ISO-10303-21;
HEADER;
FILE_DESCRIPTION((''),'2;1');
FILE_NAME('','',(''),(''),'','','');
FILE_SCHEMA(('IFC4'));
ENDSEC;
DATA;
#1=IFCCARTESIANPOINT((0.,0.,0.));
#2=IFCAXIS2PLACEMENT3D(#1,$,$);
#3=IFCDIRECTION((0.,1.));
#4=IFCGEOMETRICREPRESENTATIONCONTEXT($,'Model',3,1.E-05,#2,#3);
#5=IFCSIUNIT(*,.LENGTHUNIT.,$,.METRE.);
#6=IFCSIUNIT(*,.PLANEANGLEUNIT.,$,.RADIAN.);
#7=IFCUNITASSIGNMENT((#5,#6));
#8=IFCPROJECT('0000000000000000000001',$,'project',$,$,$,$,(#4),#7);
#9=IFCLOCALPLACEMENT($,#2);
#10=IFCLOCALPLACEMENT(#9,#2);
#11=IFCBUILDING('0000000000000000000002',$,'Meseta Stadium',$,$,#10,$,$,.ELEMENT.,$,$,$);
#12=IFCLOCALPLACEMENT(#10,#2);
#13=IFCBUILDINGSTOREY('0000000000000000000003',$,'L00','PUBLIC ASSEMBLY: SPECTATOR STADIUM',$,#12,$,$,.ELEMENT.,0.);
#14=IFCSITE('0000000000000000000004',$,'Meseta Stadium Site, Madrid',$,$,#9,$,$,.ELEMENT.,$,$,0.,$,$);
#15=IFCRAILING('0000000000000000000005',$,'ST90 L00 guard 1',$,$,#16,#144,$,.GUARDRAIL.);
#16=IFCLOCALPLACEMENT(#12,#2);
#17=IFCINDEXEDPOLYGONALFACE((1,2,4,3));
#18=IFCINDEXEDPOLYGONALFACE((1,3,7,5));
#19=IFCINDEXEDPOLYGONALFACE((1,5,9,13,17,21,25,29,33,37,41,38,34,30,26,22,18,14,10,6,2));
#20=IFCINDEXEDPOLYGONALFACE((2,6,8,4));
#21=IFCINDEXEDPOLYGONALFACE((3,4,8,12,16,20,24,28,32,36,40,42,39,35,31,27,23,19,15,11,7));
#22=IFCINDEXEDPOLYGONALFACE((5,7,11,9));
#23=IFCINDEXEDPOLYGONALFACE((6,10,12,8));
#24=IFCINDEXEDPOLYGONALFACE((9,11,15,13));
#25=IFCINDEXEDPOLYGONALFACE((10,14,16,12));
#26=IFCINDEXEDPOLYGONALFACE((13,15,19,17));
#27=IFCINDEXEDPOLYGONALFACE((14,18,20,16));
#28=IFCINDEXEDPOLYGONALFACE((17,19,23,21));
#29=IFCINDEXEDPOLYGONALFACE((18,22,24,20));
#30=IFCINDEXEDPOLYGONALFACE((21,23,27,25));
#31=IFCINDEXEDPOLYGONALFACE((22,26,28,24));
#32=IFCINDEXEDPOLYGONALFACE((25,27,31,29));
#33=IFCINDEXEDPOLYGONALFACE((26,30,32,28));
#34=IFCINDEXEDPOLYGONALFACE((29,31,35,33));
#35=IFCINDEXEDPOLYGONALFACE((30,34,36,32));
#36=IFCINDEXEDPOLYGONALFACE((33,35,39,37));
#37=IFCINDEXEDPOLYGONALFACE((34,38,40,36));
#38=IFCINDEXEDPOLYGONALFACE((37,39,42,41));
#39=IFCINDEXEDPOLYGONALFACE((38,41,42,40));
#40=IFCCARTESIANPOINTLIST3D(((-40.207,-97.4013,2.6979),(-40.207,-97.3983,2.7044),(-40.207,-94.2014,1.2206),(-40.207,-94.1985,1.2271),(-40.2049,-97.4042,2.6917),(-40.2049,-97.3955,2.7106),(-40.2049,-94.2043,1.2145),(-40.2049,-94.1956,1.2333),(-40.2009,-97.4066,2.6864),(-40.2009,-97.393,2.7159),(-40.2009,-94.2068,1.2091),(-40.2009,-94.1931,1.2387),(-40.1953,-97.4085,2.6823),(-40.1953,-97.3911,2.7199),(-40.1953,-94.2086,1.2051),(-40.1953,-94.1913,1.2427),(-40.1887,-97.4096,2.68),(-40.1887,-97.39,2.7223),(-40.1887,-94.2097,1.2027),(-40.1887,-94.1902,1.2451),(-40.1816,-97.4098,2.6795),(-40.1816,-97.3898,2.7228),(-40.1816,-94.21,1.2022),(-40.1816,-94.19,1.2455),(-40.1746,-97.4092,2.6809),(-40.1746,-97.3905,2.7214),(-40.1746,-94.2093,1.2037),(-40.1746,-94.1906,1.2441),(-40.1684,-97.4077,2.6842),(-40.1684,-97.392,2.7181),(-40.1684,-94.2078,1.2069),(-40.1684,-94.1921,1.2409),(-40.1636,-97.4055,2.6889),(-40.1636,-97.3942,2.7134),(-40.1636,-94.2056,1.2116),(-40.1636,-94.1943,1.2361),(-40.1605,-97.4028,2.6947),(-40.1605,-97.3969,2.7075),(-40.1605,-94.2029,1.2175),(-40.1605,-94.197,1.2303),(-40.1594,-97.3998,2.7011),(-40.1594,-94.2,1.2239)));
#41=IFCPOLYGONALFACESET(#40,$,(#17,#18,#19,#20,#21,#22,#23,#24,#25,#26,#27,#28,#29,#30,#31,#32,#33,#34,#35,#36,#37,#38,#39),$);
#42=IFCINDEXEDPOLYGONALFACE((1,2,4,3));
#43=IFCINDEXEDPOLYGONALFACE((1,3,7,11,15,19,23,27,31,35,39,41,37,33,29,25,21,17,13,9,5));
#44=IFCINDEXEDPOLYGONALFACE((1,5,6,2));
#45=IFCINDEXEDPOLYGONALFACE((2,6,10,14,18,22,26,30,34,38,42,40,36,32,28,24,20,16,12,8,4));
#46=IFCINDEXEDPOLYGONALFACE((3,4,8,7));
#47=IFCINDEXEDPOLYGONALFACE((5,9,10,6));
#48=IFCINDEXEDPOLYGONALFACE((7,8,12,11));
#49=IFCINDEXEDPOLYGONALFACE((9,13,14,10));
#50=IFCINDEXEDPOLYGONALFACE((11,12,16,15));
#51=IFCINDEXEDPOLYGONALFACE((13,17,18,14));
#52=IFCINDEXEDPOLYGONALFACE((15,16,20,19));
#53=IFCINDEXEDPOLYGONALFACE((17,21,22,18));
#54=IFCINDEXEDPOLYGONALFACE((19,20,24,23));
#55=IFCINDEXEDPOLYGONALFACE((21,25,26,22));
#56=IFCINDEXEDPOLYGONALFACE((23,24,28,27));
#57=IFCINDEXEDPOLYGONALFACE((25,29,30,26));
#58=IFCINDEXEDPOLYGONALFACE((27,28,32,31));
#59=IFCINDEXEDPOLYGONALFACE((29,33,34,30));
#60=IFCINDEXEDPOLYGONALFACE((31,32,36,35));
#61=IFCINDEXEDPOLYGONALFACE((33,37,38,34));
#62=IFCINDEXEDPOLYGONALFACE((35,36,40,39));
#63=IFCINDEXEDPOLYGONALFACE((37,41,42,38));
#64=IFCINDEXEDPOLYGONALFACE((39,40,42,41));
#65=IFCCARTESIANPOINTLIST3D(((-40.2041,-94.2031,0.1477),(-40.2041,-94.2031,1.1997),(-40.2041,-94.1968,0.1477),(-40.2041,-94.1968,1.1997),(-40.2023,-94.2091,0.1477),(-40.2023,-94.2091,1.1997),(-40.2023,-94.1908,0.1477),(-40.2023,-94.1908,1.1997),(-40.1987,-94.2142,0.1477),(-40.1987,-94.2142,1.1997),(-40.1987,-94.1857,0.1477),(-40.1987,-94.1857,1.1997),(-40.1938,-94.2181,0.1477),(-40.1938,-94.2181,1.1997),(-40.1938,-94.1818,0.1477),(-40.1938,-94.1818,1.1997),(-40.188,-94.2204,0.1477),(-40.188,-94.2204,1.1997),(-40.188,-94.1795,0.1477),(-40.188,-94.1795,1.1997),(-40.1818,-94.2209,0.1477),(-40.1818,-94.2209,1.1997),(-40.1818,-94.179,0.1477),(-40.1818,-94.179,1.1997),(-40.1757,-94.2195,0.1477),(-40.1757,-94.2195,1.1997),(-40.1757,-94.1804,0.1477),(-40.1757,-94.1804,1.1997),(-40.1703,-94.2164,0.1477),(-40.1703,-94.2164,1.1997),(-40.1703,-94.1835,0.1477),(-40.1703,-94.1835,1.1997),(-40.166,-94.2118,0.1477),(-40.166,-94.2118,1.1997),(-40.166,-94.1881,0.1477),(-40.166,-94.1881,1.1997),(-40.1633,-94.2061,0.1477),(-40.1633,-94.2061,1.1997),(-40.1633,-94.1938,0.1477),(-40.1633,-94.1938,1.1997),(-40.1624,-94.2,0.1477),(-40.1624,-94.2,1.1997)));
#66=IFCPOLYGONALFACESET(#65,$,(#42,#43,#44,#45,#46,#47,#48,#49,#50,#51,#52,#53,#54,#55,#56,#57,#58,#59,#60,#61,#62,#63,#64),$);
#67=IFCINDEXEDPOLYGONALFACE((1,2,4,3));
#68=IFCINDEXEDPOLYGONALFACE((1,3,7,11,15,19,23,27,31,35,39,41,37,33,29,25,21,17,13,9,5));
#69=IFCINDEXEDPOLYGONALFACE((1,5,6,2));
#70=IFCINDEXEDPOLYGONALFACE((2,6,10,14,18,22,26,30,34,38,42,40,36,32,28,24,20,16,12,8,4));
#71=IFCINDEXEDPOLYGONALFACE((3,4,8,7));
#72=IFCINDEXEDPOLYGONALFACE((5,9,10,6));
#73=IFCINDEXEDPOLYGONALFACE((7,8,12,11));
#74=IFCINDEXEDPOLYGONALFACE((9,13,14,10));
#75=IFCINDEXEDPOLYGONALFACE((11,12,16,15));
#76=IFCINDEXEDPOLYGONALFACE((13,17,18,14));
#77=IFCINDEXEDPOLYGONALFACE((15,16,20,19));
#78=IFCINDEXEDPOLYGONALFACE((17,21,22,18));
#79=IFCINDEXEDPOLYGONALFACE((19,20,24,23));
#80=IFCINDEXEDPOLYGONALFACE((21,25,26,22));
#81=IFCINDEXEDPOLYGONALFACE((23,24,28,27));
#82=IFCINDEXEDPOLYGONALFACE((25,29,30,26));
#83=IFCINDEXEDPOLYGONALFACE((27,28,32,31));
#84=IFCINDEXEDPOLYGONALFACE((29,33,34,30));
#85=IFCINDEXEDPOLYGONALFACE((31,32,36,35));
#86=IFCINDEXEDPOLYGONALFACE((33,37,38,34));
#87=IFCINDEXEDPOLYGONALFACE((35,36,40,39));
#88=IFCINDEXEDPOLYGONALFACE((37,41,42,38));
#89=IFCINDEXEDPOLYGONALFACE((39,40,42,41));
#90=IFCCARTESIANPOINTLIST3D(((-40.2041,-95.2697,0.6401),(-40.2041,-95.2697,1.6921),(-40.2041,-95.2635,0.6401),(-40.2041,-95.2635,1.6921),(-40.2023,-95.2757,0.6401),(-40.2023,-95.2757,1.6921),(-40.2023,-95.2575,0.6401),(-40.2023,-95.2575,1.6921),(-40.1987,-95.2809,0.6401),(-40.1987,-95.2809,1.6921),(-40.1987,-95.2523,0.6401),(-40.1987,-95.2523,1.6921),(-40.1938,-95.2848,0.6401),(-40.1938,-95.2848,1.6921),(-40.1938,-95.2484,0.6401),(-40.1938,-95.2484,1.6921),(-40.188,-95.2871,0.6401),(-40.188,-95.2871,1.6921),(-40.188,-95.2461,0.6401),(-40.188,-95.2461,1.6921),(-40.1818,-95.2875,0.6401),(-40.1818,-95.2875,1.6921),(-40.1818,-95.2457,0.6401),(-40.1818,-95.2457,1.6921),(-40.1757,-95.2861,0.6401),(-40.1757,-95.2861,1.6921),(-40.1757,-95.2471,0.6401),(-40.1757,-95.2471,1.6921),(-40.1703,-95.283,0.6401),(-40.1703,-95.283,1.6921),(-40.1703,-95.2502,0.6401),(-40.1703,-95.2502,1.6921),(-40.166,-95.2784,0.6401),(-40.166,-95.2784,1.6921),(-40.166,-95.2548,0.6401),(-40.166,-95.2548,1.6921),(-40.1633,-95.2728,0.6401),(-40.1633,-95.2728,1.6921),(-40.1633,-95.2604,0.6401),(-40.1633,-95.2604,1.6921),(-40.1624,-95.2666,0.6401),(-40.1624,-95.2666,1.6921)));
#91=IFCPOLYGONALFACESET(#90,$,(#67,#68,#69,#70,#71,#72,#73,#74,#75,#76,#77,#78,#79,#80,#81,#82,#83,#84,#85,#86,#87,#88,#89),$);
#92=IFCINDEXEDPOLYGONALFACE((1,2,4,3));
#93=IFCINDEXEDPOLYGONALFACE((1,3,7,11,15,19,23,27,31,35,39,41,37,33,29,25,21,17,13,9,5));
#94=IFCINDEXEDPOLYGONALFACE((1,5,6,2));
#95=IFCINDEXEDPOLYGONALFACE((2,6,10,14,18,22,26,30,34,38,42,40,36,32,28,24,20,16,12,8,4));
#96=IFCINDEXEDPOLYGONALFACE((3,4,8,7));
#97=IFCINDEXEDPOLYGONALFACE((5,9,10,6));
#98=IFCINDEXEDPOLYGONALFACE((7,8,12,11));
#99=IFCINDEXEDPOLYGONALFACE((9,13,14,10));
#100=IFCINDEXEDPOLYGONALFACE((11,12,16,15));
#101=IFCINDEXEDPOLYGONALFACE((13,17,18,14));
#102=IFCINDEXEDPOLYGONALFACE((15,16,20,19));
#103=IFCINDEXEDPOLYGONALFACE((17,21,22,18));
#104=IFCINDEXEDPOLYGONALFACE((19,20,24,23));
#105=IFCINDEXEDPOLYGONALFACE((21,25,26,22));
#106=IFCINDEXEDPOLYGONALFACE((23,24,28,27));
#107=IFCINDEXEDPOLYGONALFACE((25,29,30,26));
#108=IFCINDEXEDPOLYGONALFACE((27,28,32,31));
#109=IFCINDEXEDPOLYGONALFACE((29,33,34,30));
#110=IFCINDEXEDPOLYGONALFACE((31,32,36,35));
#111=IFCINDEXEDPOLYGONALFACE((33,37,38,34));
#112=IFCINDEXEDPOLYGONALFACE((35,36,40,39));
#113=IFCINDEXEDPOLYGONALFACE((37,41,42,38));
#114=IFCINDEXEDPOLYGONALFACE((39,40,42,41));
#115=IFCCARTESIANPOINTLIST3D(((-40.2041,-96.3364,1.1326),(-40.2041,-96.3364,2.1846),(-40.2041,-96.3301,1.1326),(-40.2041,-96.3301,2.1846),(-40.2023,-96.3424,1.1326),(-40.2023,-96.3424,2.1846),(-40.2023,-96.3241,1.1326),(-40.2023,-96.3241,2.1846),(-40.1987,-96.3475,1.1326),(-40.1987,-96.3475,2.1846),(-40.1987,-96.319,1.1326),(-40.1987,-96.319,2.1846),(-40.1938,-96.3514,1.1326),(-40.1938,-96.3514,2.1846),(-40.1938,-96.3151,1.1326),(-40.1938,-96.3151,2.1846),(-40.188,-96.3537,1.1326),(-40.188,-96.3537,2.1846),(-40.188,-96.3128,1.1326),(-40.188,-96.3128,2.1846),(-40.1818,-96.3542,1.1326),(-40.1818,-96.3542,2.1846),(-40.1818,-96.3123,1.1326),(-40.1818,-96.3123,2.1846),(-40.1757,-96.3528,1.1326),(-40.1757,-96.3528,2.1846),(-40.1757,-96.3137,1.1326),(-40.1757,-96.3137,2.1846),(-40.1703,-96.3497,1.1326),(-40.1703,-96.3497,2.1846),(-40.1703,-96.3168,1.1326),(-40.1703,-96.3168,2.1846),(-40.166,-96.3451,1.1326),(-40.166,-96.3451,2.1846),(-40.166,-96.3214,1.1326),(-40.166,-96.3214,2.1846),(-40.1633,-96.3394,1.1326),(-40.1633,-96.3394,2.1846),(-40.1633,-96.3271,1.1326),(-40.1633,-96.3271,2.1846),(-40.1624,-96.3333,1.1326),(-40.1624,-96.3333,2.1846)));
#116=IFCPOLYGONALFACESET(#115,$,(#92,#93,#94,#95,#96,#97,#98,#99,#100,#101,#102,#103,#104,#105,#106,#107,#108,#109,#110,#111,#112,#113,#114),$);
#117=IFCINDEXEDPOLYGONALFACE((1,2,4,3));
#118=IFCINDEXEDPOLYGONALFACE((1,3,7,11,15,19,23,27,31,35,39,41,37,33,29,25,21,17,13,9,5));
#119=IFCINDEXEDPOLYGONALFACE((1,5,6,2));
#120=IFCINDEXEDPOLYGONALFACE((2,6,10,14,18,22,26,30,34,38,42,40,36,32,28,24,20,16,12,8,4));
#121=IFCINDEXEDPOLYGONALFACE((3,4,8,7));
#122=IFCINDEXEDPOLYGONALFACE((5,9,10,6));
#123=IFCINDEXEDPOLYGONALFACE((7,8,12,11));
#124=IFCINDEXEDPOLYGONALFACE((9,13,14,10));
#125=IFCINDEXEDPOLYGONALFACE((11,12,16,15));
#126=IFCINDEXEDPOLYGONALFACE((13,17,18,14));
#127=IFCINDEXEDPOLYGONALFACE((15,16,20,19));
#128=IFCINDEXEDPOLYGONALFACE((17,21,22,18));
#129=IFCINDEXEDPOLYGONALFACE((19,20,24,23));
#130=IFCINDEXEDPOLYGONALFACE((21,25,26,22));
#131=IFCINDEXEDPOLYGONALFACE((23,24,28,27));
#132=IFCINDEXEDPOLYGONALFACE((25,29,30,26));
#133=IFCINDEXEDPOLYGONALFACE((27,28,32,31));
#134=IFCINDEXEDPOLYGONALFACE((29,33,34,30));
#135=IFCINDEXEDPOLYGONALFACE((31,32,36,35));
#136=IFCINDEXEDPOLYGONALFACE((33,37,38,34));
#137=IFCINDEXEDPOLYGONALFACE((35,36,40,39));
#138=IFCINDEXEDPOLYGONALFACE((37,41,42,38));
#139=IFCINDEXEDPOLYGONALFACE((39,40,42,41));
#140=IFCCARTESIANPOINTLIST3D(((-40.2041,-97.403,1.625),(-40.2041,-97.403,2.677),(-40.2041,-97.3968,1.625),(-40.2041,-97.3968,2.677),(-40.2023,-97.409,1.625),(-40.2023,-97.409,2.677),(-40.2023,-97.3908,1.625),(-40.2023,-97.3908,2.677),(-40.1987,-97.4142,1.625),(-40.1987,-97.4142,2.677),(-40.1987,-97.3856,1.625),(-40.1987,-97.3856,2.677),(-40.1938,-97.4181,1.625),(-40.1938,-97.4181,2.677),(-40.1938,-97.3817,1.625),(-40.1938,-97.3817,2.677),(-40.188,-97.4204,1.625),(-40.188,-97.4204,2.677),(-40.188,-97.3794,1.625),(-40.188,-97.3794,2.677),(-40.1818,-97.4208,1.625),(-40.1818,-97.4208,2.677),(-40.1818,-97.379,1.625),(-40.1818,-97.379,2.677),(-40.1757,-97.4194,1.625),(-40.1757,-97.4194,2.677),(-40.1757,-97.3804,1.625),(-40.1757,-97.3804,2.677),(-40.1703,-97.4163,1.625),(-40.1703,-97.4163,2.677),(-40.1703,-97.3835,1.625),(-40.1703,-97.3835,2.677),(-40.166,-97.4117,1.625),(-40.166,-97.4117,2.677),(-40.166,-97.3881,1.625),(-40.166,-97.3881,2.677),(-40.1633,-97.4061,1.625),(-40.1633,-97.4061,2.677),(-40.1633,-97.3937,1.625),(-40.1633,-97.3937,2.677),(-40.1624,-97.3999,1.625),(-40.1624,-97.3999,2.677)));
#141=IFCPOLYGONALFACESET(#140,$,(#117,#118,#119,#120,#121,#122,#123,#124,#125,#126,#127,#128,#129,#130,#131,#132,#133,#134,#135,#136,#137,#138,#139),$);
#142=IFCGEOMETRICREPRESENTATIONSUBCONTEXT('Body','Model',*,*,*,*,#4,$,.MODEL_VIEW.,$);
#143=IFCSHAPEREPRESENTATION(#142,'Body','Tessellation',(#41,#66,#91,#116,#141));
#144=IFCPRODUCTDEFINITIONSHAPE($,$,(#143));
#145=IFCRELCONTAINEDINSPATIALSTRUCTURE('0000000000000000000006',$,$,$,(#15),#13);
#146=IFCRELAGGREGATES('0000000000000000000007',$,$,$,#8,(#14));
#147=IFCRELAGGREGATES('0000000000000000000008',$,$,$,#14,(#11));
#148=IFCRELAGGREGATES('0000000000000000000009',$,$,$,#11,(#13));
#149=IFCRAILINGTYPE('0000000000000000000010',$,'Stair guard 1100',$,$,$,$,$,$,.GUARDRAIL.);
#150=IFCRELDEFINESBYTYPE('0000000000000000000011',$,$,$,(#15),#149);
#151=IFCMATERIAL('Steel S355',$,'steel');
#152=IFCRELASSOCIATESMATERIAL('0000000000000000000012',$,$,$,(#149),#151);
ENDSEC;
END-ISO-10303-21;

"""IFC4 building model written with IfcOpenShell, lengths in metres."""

from ifc_helpers import new_model, si_unit, direction, frame, origin, origin_2d, place, context, subcontext, project, spatial, circle, extrude, material, type_object, element, save


model = new_model("IFC4")

# Units and contexts
model_context = context("Model", 3, precision=1e-05, world=origin(), true_north=direction((0.0, 1.0)))
body_context = subcontext(model_context, "Body", "Model", "MODEL_VIEW")
ifc_project = project(units=[si_unit("LENGTHUNIT", "METRE"), si_unit("PLANEANGLEUNIT", "RADIAN")], contexts=[model_context])

# Site, building, storey
site_placement = place(None, origin())
site = spatial("IfcSite", under=ifc_project, at=site_placement, Name="Meseta Stadium Site, Madrid", CompositionType="ELEMENT", RefElevation=0.0)
building_placement = place(site_placement, origin())
building = spatial("IfcBuilding", under=site, at=building_placement, Name="Meseta Stadium", CompositionType="ELEMENT")
storey_placement = place(building_placement, origin())
storey = spatial("IfcBuildingStorey", under=building, at=storey_placement, Name="L00", Description="PUBLIC ASSEMBLY: SPECTATOR STADIUM", CompositionType="ELEMENT", Elevation=0.0)

# Railing
ifc_material_1 = material(Name="Steel S355", Category="steel")
railing_type_1 = type_object("IfcRailingType", Name="Stair guard 1100", PredefinedType="GUARDRAIL", material=ifc_material_1)
railing_1_placement = place(storey_placement, frame((-40.1833, -94.2, 0.1477)))
element("IfcRailing", 1, at=railing_1_placement, inside=storey, type_object=railing_type_1, Name="ST90 L00 guard 1", PredefinedType="GUARDRAIL", context=body_context, shape_type="SweptSolid", body=[
    extrude(circle(Radius=0.0239, at=origin_2d()), frame((0.0, 0.0, 1.0762), z_axis=(0.0, -0.907917, 0.41915), x_axis=(1.0, 0.0, 0.0)), (0.0, 0.0, 1.0), 3.5244),
    extrude(circle(Radius=0.021, at=origin_2d()), origin(), (0.0, 0.0, 1.0), 1.052),
    extrude(circle(Radius=0.021, at=origin_2d()), frame((0.0, -1.0667, 0.4924)), (0.0, 0.0, 1.0), 1.052),
    extrude(circle(Radius=0.021, at=origin_2d()), frame((0.0, -2.1333, 0.9849)), (0.0, 0.0, 1.0), 1.052),
    extrude(circle(Radius=0.021, at=origin_2d()), frame((0.0, -3.2, 1.4773)), (0.0, 0.0, 1.0), 1.052),
])

save(model, "model.ifc")
